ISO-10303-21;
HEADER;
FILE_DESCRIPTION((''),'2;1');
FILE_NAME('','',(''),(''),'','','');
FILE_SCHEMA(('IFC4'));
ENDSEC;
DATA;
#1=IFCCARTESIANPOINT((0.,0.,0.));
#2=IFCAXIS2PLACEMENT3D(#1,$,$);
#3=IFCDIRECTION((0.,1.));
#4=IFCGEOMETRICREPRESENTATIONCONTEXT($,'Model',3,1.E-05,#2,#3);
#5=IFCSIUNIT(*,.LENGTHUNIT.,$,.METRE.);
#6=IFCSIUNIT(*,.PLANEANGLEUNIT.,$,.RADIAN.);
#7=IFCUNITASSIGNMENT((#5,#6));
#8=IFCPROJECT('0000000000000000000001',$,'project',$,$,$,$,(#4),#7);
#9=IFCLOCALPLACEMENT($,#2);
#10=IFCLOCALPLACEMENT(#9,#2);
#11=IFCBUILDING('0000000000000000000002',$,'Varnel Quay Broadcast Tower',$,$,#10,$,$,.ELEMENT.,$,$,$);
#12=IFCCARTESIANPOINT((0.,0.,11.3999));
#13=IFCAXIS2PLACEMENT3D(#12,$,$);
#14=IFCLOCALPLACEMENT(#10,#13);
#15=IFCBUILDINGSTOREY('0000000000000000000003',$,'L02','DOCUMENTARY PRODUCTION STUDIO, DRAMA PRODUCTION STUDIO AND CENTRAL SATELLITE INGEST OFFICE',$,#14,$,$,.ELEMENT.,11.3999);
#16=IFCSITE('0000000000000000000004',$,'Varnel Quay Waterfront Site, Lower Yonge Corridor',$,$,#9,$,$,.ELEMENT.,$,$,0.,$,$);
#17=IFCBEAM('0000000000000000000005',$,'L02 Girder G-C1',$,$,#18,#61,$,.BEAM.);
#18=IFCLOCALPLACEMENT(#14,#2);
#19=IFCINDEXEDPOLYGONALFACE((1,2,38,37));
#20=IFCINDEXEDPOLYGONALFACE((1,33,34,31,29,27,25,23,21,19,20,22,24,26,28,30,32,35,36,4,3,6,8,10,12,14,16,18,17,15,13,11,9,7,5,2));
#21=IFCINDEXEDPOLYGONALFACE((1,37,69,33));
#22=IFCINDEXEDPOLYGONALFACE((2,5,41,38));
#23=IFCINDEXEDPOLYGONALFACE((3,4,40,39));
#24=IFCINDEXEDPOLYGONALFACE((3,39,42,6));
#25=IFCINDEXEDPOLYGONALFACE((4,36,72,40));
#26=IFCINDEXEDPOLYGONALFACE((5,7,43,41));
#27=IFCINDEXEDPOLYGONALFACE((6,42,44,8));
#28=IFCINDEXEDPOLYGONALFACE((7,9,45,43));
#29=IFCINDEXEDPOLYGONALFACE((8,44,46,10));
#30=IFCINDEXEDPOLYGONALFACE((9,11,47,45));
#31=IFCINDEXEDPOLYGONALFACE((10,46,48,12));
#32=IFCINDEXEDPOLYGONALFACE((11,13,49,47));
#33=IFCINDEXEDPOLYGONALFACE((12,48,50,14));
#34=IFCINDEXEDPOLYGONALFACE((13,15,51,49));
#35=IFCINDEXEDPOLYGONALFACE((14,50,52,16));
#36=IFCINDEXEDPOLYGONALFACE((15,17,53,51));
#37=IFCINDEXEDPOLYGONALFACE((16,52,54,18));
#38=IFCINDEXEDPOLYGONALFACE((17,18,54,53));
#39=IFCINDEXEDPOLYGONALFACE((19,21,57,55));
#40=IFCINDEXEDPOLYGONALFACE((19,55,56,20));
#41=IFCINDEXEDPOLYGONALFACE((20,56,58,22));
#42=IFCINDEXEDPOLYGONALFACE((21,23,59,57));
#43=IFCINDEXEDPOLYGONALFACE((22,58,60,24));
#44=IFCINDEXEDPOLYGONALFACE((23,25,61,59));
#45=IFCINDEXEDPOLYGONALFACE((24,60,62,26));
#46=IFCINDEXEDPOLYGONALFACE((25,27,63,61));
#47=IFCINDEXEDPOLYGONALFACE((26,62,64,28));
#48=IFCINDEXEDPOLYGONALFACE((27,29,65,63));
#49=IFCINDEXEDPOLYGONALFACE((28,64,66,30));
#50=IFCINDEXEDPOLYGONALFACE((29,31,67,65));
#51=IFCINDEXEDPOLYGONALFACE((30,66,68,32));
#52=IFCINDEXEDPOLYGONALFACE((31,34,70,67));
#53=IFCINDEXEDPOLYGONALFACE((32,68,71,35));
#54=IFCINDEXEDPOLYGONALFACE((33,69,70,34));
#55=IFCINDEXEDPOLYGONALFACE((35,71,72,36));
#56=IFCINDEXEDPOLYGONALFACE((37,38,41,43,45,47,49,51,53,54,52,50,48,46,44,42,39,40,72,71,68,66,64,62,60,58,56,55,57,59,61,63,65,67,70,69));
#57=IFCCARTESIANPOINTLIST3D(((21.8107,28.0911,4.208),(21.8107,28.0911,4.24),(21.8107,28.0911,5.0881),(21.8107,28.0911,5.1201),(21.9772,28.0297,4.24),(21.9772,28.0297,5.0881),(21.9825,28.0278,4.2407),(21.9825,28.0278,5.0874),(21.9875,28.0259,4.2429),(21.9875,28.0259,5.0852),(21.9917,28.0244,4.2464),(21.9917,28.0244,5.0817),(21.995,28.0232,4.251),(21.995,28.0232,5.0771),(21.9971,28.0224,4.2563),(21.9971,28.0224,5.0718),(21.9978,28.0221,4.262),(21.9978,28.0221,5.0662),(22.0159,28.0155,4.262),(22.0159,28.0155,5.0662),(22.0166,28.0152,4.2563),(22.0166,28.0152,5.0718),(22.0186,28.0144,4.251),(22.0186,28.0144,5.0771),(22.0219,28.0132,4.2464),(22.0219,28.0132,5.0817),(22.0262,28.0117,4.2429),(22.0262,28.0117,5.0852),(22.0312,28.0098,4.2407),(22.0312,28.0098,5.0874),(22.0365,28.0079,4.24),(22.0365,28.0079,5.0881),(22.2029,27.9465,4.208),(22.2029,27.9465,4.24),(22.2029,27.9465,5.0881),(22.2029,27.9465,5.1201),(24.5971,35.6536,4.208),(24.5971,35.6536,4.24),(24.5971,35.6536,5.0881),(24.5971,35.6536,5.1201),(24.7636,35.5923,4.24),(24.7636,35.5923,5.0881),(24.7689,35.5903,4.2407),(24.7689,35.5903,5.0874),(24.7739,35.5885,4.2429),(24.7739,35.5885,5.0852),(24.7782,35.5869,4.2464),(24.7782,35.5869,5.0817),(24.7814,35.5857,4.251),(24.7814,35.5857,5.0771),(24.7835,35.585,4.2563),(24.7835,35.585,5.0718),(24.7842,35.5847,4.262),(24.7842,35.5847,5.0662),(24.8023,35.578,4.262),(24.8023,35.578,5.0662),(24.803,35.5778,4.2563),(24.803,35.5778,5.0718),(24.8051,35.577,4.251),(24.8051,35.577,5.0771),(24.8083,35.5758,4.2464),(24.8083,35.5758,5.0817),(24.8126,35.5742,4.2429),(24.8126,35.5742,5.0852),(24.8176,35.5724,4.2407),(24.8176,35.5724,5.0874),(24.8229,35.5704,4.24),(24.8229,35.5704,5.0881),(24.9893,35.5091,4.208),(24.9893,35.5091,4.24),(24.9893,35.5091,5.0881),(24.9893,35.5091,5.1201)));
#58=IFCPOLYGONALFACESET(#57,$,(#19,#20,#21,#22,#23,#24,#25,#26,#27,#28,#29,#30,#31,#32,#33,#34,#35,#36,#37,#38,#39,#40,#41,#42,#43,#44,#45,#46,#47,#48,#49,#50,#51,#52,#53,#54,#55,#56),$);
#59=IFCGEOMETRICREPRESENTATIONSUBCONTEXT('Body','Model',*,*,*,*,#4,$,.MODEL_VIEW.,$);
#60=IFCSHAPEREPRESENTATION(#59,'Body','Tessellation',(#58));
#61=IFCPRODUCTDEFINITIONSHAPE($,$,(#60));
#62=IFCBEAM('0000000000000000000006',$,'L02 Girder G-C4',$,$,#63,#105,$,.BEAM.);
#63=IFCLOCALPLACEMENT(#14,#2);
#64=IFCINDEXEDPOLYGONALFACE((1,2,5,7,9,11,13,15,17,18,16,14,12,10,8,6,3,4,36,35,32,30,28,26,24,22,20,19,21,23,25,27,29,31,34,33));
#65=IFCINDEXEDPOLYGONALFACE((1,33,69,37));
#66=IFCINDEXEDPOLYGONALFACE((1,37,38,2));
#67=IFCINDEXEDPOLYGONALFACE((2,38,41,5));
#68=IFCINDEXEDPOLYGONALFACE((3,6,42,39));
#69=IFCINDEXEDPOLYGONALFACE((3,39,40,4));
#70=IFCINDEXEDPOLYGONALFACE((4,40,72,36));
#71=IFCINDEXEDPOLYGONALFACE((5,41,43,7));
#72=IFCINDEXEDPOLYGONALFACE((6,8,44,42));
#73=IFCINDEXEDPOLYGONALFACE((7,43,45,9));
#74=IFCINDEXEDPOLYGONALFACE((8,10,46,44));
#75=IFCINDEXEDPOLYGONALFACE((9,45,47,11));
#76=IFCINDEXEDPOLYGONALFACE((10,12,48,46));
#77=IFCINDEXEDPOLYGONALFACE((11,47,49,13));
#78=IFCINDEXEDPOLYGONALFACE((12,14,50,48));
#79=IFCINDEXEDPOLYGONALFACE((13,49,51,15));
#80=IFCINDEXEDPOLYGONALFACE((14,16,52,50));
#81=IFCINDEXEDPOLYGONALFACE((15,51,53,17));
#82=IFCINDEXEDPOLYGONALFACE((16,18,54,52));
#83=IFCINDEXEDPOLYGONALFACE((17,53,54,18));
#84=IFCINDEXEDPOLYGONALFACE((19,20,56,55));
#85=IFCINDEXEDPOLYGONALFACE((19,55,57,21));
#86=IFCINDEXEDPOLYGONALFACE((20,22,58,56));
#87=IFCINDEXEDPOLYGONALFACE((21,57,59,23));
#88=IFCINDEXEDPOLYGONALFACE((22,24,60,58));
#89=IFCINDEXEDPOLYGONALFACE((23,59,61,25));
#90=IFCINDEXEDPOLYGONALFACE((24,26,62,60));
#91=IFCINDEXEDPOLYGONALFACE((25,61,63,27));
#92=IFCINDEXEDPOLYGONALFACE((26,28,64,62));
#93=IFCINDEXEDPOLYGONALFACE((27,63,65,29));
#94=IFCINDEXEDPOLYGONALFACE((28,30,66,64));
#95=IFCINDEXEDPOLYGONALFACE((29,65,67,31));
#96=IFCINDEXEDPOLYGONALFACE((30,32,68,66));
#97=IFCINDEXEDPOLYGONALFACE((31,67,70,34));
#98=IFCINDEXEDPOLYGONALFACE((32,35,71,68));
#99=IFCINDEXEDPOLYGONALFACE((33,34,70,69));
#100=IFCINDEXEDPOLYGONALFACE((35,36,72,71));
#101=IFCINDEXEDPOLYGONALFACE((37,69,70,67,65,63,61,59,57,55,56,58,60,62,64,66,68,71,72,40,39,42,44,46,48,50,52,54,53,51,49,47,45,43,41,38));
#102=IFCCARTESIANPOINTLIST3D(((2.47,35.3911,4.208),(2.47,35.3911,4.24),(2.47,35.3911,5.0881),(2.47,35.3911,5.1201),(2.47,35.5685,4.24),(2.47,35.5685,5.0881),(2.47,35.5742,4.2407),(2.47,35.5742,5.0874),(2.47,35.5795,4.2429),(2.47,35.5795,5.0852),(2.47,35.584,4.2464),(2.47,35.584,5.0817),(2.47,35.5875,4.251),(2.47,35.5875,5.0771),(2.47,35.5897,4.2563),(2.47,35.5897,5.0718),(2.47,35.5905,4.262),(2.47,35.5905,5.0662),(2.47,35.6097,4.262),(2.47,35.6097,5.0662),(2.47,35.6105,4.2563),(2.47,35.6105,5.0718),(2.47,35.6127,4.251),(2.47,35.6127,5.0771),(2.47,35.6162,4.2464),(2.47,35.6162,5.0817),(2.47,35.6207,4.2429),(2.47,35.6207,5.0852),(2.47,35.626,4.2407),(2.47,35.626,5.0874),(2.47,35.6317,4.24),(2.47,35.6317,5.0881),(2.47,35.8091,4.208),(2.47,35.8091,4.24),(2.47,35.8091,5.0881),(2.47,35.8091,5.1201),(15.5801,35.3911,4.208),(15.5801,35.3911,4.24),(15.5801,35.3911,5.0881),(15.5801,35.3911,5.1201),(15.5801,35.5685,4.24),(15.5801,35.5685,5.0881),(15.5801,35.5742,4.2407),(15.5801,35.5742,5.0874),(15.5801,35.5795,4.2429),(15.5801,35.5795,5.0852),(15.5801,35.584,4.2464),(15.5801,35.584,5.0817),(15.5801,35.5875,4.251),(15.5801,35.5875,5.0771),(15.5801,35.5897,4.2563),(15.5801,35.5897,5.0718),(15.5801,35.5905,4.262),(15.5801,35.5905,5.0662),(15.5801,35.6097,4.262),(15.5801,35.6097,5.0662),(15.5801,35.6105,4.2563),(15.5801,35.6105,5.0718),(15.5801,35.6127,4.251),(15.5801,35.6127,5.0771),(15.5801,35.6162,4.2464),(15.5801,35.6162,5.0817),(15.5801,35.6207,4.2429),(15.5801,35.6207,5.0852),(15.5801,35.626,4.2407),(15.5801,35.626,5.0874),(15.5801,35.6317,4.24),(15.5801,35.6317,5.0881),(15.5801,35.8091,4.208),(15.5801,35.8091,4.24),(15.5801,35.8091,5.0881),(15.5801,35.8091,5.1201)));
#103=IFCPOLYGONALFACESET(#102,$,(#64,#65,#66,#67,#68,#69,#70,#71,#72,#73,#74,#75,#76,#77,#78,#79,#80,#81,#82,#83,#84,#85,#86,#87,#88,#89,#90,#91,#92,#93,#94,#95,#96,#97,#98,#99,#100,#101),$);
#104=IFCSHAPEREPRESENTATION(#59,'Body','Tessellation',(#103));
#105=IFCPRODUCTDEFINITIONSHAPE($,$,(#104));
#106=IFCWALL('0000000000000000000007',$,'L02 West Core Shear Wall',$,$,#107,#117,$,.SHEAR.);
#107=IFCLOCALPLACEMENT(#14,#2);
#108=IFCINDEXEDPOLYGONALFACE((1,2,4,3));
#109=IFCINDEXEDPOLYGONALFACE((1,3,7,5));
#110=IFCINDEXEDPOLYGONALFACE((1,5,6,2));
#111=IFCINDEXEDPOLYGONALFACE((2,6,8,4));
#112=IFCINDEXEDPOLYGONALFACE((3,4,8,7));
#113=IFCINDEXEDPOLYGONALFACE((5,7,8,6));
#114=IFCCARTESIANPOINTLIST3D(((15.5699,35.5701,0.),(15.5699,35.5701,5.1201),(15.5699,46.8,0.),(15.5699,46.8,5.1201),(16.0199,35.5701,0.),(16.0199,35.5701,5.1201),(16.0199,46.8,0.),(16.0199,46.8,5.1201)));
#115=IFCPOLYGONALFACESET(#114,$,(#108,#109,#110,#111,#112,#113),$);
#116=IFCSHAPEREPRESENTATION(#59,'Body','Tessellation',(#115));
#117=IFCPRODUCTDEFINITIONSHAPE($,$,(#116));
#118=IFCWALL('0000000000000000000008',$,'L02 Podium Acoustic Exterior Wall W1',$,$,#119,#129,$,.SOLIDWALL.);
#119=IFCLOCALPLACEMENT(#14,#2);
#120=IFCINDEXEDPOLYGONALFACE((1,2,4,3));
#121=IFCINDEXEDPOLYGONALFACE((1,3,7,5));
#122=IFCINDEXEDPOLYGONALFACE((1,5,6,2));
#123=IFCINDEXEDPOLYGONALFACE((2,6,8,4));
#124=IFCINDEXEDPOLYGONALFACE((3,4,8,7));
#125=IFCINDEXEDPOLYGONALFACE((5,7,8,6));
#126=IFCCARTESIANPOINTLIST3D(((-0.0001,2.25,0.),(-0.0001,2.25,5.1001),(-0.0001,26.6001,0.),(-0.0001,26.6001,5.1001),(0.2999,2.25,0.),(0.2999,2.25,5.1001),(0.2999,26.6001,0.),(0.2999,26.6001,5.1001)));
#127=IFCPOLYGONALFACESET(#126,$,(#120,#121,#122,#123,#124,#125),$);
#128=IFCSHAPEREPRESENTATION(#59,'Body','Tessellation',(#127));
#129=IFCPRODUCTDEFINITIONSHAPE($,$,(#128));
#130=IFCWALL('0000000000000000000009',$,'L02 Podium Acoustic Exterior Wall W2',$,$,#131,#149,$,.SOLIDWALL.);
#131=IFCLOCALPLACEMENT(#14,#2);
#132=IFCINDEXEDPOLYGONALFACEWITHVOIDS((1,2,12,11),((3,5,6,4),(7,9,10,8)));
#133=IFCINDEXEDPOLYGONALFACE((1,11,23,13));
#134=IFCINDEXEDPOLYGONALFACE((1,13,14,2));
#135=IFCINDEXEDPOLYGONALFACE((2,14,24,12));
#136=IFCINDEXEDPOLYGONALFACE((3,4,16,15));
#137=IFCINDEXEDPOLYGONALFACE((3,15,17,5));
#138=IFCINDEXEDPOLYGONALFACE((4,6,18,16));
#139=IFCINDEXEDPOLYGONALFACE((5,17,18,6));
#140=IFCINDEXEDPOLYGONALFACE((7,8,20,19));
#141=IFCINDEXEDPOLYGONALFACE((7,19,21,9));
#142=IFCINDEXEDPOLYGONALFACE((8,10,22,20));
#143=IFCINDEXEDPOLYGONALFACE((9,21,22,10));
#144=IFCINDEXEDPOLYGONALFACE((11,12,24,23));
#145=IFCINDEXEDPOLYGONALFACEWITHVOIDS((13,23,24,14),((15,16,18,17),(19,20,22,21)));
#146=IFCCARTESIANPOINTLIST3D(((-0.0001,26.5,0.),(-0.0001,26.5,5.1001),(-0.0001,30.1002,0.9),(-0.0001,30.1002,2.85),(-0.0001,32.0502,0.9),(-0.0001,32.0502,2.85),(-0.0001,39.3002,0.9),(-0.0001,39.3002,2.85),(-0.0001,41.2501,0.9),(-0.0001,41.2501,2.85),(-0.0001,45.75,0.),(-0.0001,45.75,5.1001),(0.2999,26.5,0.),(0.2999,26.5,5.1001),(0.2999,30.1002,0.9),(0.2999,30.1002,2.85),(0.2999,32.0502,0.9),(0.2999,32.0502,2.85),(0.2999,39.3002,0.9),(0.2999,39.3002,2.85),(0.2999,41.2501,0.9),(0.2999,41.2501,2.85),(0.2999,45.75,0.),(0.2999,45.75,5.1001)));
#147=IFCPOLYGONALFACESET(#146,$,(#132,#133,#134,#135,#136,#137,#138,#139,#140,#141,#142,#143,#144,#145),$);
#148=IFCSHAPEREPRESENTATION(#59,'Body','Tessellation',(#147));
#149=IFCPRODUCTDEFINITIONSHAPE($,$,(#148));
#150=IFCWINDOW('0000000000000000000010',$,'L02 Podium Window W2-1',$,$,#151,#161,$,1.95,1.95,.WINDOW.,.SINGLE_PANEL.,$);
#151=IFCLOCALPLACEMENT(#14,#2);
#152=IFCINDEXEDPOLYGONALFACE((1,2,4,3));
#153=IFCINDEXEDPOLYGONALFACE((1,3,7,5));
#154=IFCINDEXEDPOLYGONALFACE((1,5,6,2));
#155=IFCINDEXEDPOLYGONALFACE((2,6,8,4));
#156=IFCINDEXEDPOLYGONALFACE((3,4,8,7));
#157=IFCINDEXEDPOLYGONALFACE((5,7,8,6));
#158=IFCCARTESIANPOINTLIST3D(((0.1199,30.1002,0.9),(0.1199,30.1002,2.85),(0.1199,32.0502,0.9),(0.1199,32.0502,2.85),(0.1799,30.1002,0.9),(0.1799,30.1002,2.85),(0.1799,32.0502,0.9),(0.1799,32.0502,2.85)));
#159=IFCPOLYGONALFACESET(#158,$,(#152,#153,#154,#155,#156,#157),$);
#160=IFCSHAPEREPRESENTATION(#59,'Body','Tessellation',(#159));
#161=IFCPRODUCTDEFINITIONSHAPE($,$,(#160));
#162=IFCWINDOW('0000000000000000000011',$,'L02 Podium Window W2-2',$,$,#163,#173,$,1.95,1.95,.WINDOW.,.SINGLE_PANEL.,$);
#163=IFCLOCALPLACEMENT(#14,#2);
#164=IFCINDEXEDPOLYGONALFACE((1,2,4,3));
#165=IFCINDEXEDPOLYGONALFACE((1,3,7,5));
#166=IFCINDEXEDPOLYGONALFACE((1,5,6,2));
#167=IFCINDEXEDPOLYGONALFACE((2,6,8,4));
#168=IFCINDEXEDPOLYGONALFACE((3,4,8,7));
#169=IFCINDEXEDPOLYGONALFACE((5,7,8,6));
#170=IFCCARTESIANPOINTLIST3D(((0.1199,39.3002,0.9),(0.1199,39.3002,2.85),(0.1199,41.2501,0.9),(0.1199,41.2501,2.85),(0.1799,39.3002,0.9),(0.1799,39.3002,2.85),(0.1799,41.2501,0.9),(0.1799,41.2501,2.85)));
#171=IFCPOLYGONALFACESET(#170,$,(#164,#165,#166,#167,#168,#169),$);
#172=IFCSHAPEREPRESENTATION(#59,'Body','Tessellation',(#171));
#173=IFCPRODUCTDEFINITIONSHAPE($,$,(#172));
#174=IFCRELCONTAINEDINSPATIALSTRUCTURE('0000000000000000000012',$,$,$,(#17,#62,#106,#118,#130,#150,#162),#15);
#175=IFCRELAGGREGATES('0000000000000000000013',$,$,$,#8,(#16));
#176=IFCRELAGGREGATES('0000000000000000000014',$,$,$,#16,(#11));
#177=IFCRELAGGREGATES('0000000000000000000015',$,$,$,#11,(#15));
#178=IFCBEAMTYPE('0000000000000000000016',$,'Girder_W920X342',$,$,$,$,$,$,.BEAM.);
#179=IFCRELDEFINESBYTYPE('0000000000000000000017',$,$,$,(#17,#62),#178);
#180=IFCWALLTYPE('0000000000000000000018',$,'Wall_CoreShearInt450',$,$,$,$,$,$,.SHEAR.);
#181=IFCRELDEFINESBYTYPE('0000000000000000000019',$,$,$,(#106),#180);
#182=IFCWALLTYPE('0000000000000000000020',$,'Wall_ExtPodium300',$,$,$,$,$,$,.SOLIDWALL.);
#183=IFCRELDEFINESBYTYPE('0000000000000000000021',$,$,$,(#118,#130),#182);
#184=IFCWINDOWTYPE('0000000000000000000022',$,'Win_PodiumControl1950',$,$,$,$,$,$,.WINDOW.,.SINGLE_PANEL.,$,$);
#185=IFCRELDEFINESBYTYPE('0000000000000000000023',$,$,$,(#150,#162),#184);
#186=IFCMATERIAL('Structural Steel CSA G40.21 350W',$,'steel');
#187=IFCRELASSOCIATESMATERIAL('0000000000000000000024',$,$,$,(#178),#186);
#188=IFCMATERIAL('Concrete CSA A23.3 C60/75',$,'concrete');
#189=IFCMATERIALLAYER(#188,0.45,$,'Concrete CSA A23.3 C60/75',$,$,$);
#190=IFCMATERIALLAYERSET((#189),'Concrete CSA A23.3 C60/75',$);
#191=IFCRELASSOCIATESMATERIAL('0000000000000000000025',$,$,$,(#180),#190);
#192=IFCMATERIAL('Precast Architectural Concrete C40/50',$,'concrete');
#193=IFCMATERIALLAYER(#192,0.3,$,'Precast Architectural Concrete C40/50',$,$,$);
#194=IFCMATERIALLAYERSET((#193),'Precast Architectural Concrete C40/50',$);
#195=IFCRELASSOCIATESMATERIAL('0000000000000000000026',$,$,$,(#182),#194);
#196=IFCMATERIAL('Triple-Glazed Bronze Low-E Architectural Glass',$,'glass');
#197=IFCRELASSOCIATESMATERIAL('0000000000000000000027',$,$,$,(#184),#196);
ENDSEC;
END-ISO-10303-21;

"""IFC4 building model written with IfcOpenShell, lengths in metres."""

from ifc_helpers import new_model, si_unit, direction, frame, frame_2d, origin, origin_2d, place, context, subcontext, project, spatial, rectangle, i_section, extrude, source, transform, mapped, material, layer, layer_set, material_profile, profile_set, type_object, type_shapes, element, fill, save


model = new_model("IFC4")

# Units and contexts
model_context = context("Model", 3, precision=1e-05, world=origin(), true_north=direction((0.0, 1.0)))
body_context = subcontext(model_context, "Body", "Model", "MODEL_VIEW")
ifc_project = project(units=[si_unit("LENGTHUNIT", "METRE"), si_unit("PLANEANGLEUNIT", "RADIAN")], contexts=[model_context])

# Site, building, storey
site_placement = place(None, origin())
site = spatial("IfcSite", under=ifc_project, at=site_placement, Name="Varnel Quay Waterfront Site, Lower Yonge Corridor", CompositionType="ELEMENT", RefElevation=0.0)
building_placement = place(site_placement, origin())
building = spatial("IfcBuilding", under=site, at=building_placement, Name="Varnel Quay Broadcast Tower", CompositionType="ELEMENT")
storey_placement = place(building_placement, frame((0.0, 0.0, 11.3999)))
storey = spatial("IfcBuildingStorey", under=building, at=storey_placement, Name="L02", Description="DOCUMENTARY PRODUCTION STUDIO, DRAMA PRODUCTION STUDIO AND CENTRAL SATELLITE INGEST OFFICE", CompositionType="ELEMENT", Elevation=11.3999)

# Shared definitions
ifc_material_1 = material(Name="Structural Steel CSA G40.21 350W", Category="steel")

# Beams
ifc_material_profile_1 = material_profile(ifc_material_1, i_section(OverallWidth=0.418, OverallDepth=0.9121, WebThickness=0.0193, FlangeThickness=0.032, FilletRadius=0.022, at=origin_2d()), Name="W920X342")
ifc_profile_set_1 = profile_set([ifc_material_profile_1], Name="Structural Steel CSA G40.21 350W")
beam_type = type_object("IfcBeamType", Name="Girder_W920X342", PredefinedType="BEAM", material=ifc_profile_set_1)
shared_shape_1 = source(origin(), body_context, "Body", "SweptSolid", [
    extrude(i_section(OverallWidth=0.418, OverallDepth=0.9121, WebThickness=0.0193, FlangeThickness=0.032, FilletRadius=0.022, at=origin_2d()), origin(), (0.0, 0.0, 1.0), 8.0596),
])
beam_1_placement = place(storey_placement, frame((22.0068, 28.0188, 4.6641), z_axis=(0.345726, 0.938335, 0.0), x_axis=(-0.938335, 0.345726, 0.0)))
element("IfcBeam", 1, at=beam_1_placement, inside=storey, type_object=beam_type, Name="L02 Girder G-C1", PredefinedType="BEAM", context=body_context, shape_type="MappedRepresentation", body=[
    mapped(shared_shape_1, transform((0.0, 0.0, 0.0), x_axis=(1.0, 0.0, 0.0), y_axis=(0.0, 1.0, 0.0), z_axis=(0.0, 0.0, 1.0), scale=1.0)),
])
shared_shape_2 = source(origin(), body_context, "Body", "SweptSolid", [
    extrude(i_section(OverallWidth=0.418, OverallDepth=0.9121, WebThickness=0.0193, FlangeThickness=0.032, FilletRadius=0.022, at=origin_2d()), origin(), (0.0, 0.0, 1.0), 13.1101),
])
beam_2_placement = place(storey_placement, frame((2.47, 35.6001, 4.6641), z_axis=(1.0, 0.0, 0.0), x_axis=(0.0, 1.0, 0.0)))
element("IfcBeam", 2, at=beam_2_placement, inside=storey, type_object=beam_type, Name="L02 Girder G-C4", PredefinedType="BEAM", context=body_context, shape_type="MappedRepresentation", body=[
    mapped(shared_shape_2, transform((0.0, 0.0, 0.0), x_axis=(1.0, 0.0, 0.0), y_axis=(0.0, 1.0, 0.0), z_axis=(0.0, 0.0, 1.0), scale=1.0)),
])

# Walls
ifc_material_2 = material(Name="Concrete CSA A23.3 C60/75", Category="concrete")
ifc_layer_1 = layer(ifc_material_2, 0.45, Name="Concrete CSA A23.3 C60/75")
ifc_layer_set_1 = layer_set([ifc_layer_1], Name="Concrete CSA A23.3 C60/75")
wall_type_1 = type_object("IfcWallType", Name="Wall_CoreShearInt450", PredefinedType="SHEAR", material=ifc_layer_set_1)
wall_1_placement = place(storey_placement, frame((15.7949, 35.5701, 0.0), z_axis=(0.0, 0.0, 1.0), x_axis=(0.0, 1.0, 0.0)))
element("IfcWall", 3, at=wall_1_placement, inside=storey, type_object=wall_type_1, Name="L02 West Core Shear Wall", PredefinedType="SHEAR", context=body_context, shape_type="SweptSolid", body=[
    extrude(rectangle(XDim=11.23, YDim=0.45, at=frame_2d((5.615, 0.0))), origin(), (0.0, 0.0, 1.0), 5.1201),
])
ifc_material_3 = material(Name="Precast Architectural Concrete C40/50", Category="concrete")
ifc_layer_2 = layer(ifc_material_3, 0.3, Name="Precast Architectural Concrete C40/50")
ifc_layer_set_2 = layer_set([ifc_layer_2], Name="Precast Architectural Concrete C40/50")
wall_type_2 = type_object("IfcWallType", Name="Wall_ExtPodium300", PredefinedType="SOLIDWALL", material=ifc_layer_set_2)
wall_2_placement = place(storey_placement, frame((0.1499, 2.25, 0.0), z_axis=(0.0, 0.0, 1.0), x_axis=(0.0, 1.0, 0.0)))
element("IfcWall", 4, at=wall_2_placement, inside=storey, type_object=wall_type_2, Name="L02 Podium Acoustic Exterior Wall W1", PredefinedType="SOLIDWALL", context=body_context, shape_type="SweptSolid", body=[
    extrude(rectangle(XDim=24.3501, YDim=0.3, at=frame_2d((12.175, 0.0))), origin(), (0.0, 0.0, 1.0), 5.1001),
])

# Wall, openings, windows
wall_3_placement = place(storey_placement, frame((0.1499, 26.5, 0.0), z_axis=(0.0, 0.0, 1.0), x_axis=(0.0, 1.0, 0.0)))
wall_3 = element("IfcWall", 5, at=wall_3_placement, inside=storey, type_object=wall_type_2, Name="L02 Podium Acoustic Exterior Wall W2", PredefinedType="SOLIDWALL", context=body_context, shape_type="SweptSolid", body=[
    extrude(rectangle(XDim=19.25, YDim=0.3, at=frame_2d((9.625, 0.0))), origin(), (0.0, 0.0, 1.0), 5.1001),
])
opening_1_placement = place(wall_3_placement, frame((3.6001, 0.0, 0.8999)))
opening_1 = element("IfcOpeningElement", 6, at=opening_1_placement, cuts=wall_3, PredefinedType="OPENING", context=body_context, shape_type="SweptSolid", body=[
    extrude(rectangle(XDim=1.95, YDim=1.95, at=frame_2d((0.9751, 0.9751))), frame((0.0, 0.1602, 0.0), z_axis=(0.0, -1.0, 0.0), x_axis=(1.0, 0.0, 0.0)), (0.0, 0.0, 1.0), 0.3201),
])
opening_2_placement = place(wall_3_placement, frame((12.8, 0.0, 0.8999)))
opening_2 = element("IfcOpeningElement", 7, at=opening_2_placement, cuts=wall_3, PredefinedType="OPENING", context=body_context, shape_type="SweptSolid", body=[
    extrude(rectangle(XDim=1.95, YDim=1.95, at=frame_2d((0.9751, 0.9751))), frame((0.0, 0.1602, 0.0), z_axis=(0.0, -1.0, 0.0), x_axis=(1.0, 0.0, 0.0)), (0.0, 0.0, 1.0), 0.3201),
])
ifc_material_4 = material(Name="Triple-Glazed Bronze Low-E Architectural Glass", Category="glass")
window_type = type_object("IfcWindowType", Name="Win_PodiumControl1950", PartitioningType="SINGLE_PANEL", PredefinedType="WINDOW", material=ifc_material_4)
shared_shape_3 = source(origin(), body_context, "Body", "SweptSolid", [
    extrude(rectangle(XDim=1.95, YDim=1.95, at=frame_2d((0.9751, 0.9751))), frame((0.0, 0.03, 0.0), z_axis=(0.0, -1.0, 0.0), x_axis=(1.0, 0.0, 0.0)), (0.0, 0.0, 1.0), 0.0601),
])
type_shapes(window_type, [shared_shape_3])
window_1_placement = place(opening_1_placement, origin())
window_1 = element("IfcWindow", 8, at=window_1_placement, inside=storey, type_object=window_type, Name="L02 Podium Window W2-1", OverallHeight=1.95, OverallWidth=1.95, PartitioningType="SINGLE_PANEL", PredefinedType="WINDOW", context=body_context, shape_type="MappedRepresentation", body=[
    mapped(shared_shape_3, transform((0.0, 0.0, 0.0), x_axis=(1.0, 0.0, 0.0), y_axis=(0.0, 1.0, 0.0), z_axis=(0.0, 0.0, 1.0), scale=1.0)),
])
fill(opening_1, window_1)
window_2_placement = place(opening_2_placement, origin())
window_2 = element("IfcWindow", 9, at=window_2_placement, inside=storey, type_object=window_type, Name="L02 Podium Window W2-2", OverallHeight=1.95, OverallWidth=1.95, PartitioningType="SINGLE_PANEL", PredefinedType="WINDOW", context=body_context, shape_type="MappedRepresentation", body=[
    mapped(shared_shape_3, transform((0.0, 0.0, 0.0), x_axis=(1.0, 0.0, 0.0), y_axis=(0.0, 1.0, 0.0), z_axis=(0.0, 0.0, 1.0), scale=1.0)),
])
fill(opening_2, window_2)

save(model, "model.ifc")
